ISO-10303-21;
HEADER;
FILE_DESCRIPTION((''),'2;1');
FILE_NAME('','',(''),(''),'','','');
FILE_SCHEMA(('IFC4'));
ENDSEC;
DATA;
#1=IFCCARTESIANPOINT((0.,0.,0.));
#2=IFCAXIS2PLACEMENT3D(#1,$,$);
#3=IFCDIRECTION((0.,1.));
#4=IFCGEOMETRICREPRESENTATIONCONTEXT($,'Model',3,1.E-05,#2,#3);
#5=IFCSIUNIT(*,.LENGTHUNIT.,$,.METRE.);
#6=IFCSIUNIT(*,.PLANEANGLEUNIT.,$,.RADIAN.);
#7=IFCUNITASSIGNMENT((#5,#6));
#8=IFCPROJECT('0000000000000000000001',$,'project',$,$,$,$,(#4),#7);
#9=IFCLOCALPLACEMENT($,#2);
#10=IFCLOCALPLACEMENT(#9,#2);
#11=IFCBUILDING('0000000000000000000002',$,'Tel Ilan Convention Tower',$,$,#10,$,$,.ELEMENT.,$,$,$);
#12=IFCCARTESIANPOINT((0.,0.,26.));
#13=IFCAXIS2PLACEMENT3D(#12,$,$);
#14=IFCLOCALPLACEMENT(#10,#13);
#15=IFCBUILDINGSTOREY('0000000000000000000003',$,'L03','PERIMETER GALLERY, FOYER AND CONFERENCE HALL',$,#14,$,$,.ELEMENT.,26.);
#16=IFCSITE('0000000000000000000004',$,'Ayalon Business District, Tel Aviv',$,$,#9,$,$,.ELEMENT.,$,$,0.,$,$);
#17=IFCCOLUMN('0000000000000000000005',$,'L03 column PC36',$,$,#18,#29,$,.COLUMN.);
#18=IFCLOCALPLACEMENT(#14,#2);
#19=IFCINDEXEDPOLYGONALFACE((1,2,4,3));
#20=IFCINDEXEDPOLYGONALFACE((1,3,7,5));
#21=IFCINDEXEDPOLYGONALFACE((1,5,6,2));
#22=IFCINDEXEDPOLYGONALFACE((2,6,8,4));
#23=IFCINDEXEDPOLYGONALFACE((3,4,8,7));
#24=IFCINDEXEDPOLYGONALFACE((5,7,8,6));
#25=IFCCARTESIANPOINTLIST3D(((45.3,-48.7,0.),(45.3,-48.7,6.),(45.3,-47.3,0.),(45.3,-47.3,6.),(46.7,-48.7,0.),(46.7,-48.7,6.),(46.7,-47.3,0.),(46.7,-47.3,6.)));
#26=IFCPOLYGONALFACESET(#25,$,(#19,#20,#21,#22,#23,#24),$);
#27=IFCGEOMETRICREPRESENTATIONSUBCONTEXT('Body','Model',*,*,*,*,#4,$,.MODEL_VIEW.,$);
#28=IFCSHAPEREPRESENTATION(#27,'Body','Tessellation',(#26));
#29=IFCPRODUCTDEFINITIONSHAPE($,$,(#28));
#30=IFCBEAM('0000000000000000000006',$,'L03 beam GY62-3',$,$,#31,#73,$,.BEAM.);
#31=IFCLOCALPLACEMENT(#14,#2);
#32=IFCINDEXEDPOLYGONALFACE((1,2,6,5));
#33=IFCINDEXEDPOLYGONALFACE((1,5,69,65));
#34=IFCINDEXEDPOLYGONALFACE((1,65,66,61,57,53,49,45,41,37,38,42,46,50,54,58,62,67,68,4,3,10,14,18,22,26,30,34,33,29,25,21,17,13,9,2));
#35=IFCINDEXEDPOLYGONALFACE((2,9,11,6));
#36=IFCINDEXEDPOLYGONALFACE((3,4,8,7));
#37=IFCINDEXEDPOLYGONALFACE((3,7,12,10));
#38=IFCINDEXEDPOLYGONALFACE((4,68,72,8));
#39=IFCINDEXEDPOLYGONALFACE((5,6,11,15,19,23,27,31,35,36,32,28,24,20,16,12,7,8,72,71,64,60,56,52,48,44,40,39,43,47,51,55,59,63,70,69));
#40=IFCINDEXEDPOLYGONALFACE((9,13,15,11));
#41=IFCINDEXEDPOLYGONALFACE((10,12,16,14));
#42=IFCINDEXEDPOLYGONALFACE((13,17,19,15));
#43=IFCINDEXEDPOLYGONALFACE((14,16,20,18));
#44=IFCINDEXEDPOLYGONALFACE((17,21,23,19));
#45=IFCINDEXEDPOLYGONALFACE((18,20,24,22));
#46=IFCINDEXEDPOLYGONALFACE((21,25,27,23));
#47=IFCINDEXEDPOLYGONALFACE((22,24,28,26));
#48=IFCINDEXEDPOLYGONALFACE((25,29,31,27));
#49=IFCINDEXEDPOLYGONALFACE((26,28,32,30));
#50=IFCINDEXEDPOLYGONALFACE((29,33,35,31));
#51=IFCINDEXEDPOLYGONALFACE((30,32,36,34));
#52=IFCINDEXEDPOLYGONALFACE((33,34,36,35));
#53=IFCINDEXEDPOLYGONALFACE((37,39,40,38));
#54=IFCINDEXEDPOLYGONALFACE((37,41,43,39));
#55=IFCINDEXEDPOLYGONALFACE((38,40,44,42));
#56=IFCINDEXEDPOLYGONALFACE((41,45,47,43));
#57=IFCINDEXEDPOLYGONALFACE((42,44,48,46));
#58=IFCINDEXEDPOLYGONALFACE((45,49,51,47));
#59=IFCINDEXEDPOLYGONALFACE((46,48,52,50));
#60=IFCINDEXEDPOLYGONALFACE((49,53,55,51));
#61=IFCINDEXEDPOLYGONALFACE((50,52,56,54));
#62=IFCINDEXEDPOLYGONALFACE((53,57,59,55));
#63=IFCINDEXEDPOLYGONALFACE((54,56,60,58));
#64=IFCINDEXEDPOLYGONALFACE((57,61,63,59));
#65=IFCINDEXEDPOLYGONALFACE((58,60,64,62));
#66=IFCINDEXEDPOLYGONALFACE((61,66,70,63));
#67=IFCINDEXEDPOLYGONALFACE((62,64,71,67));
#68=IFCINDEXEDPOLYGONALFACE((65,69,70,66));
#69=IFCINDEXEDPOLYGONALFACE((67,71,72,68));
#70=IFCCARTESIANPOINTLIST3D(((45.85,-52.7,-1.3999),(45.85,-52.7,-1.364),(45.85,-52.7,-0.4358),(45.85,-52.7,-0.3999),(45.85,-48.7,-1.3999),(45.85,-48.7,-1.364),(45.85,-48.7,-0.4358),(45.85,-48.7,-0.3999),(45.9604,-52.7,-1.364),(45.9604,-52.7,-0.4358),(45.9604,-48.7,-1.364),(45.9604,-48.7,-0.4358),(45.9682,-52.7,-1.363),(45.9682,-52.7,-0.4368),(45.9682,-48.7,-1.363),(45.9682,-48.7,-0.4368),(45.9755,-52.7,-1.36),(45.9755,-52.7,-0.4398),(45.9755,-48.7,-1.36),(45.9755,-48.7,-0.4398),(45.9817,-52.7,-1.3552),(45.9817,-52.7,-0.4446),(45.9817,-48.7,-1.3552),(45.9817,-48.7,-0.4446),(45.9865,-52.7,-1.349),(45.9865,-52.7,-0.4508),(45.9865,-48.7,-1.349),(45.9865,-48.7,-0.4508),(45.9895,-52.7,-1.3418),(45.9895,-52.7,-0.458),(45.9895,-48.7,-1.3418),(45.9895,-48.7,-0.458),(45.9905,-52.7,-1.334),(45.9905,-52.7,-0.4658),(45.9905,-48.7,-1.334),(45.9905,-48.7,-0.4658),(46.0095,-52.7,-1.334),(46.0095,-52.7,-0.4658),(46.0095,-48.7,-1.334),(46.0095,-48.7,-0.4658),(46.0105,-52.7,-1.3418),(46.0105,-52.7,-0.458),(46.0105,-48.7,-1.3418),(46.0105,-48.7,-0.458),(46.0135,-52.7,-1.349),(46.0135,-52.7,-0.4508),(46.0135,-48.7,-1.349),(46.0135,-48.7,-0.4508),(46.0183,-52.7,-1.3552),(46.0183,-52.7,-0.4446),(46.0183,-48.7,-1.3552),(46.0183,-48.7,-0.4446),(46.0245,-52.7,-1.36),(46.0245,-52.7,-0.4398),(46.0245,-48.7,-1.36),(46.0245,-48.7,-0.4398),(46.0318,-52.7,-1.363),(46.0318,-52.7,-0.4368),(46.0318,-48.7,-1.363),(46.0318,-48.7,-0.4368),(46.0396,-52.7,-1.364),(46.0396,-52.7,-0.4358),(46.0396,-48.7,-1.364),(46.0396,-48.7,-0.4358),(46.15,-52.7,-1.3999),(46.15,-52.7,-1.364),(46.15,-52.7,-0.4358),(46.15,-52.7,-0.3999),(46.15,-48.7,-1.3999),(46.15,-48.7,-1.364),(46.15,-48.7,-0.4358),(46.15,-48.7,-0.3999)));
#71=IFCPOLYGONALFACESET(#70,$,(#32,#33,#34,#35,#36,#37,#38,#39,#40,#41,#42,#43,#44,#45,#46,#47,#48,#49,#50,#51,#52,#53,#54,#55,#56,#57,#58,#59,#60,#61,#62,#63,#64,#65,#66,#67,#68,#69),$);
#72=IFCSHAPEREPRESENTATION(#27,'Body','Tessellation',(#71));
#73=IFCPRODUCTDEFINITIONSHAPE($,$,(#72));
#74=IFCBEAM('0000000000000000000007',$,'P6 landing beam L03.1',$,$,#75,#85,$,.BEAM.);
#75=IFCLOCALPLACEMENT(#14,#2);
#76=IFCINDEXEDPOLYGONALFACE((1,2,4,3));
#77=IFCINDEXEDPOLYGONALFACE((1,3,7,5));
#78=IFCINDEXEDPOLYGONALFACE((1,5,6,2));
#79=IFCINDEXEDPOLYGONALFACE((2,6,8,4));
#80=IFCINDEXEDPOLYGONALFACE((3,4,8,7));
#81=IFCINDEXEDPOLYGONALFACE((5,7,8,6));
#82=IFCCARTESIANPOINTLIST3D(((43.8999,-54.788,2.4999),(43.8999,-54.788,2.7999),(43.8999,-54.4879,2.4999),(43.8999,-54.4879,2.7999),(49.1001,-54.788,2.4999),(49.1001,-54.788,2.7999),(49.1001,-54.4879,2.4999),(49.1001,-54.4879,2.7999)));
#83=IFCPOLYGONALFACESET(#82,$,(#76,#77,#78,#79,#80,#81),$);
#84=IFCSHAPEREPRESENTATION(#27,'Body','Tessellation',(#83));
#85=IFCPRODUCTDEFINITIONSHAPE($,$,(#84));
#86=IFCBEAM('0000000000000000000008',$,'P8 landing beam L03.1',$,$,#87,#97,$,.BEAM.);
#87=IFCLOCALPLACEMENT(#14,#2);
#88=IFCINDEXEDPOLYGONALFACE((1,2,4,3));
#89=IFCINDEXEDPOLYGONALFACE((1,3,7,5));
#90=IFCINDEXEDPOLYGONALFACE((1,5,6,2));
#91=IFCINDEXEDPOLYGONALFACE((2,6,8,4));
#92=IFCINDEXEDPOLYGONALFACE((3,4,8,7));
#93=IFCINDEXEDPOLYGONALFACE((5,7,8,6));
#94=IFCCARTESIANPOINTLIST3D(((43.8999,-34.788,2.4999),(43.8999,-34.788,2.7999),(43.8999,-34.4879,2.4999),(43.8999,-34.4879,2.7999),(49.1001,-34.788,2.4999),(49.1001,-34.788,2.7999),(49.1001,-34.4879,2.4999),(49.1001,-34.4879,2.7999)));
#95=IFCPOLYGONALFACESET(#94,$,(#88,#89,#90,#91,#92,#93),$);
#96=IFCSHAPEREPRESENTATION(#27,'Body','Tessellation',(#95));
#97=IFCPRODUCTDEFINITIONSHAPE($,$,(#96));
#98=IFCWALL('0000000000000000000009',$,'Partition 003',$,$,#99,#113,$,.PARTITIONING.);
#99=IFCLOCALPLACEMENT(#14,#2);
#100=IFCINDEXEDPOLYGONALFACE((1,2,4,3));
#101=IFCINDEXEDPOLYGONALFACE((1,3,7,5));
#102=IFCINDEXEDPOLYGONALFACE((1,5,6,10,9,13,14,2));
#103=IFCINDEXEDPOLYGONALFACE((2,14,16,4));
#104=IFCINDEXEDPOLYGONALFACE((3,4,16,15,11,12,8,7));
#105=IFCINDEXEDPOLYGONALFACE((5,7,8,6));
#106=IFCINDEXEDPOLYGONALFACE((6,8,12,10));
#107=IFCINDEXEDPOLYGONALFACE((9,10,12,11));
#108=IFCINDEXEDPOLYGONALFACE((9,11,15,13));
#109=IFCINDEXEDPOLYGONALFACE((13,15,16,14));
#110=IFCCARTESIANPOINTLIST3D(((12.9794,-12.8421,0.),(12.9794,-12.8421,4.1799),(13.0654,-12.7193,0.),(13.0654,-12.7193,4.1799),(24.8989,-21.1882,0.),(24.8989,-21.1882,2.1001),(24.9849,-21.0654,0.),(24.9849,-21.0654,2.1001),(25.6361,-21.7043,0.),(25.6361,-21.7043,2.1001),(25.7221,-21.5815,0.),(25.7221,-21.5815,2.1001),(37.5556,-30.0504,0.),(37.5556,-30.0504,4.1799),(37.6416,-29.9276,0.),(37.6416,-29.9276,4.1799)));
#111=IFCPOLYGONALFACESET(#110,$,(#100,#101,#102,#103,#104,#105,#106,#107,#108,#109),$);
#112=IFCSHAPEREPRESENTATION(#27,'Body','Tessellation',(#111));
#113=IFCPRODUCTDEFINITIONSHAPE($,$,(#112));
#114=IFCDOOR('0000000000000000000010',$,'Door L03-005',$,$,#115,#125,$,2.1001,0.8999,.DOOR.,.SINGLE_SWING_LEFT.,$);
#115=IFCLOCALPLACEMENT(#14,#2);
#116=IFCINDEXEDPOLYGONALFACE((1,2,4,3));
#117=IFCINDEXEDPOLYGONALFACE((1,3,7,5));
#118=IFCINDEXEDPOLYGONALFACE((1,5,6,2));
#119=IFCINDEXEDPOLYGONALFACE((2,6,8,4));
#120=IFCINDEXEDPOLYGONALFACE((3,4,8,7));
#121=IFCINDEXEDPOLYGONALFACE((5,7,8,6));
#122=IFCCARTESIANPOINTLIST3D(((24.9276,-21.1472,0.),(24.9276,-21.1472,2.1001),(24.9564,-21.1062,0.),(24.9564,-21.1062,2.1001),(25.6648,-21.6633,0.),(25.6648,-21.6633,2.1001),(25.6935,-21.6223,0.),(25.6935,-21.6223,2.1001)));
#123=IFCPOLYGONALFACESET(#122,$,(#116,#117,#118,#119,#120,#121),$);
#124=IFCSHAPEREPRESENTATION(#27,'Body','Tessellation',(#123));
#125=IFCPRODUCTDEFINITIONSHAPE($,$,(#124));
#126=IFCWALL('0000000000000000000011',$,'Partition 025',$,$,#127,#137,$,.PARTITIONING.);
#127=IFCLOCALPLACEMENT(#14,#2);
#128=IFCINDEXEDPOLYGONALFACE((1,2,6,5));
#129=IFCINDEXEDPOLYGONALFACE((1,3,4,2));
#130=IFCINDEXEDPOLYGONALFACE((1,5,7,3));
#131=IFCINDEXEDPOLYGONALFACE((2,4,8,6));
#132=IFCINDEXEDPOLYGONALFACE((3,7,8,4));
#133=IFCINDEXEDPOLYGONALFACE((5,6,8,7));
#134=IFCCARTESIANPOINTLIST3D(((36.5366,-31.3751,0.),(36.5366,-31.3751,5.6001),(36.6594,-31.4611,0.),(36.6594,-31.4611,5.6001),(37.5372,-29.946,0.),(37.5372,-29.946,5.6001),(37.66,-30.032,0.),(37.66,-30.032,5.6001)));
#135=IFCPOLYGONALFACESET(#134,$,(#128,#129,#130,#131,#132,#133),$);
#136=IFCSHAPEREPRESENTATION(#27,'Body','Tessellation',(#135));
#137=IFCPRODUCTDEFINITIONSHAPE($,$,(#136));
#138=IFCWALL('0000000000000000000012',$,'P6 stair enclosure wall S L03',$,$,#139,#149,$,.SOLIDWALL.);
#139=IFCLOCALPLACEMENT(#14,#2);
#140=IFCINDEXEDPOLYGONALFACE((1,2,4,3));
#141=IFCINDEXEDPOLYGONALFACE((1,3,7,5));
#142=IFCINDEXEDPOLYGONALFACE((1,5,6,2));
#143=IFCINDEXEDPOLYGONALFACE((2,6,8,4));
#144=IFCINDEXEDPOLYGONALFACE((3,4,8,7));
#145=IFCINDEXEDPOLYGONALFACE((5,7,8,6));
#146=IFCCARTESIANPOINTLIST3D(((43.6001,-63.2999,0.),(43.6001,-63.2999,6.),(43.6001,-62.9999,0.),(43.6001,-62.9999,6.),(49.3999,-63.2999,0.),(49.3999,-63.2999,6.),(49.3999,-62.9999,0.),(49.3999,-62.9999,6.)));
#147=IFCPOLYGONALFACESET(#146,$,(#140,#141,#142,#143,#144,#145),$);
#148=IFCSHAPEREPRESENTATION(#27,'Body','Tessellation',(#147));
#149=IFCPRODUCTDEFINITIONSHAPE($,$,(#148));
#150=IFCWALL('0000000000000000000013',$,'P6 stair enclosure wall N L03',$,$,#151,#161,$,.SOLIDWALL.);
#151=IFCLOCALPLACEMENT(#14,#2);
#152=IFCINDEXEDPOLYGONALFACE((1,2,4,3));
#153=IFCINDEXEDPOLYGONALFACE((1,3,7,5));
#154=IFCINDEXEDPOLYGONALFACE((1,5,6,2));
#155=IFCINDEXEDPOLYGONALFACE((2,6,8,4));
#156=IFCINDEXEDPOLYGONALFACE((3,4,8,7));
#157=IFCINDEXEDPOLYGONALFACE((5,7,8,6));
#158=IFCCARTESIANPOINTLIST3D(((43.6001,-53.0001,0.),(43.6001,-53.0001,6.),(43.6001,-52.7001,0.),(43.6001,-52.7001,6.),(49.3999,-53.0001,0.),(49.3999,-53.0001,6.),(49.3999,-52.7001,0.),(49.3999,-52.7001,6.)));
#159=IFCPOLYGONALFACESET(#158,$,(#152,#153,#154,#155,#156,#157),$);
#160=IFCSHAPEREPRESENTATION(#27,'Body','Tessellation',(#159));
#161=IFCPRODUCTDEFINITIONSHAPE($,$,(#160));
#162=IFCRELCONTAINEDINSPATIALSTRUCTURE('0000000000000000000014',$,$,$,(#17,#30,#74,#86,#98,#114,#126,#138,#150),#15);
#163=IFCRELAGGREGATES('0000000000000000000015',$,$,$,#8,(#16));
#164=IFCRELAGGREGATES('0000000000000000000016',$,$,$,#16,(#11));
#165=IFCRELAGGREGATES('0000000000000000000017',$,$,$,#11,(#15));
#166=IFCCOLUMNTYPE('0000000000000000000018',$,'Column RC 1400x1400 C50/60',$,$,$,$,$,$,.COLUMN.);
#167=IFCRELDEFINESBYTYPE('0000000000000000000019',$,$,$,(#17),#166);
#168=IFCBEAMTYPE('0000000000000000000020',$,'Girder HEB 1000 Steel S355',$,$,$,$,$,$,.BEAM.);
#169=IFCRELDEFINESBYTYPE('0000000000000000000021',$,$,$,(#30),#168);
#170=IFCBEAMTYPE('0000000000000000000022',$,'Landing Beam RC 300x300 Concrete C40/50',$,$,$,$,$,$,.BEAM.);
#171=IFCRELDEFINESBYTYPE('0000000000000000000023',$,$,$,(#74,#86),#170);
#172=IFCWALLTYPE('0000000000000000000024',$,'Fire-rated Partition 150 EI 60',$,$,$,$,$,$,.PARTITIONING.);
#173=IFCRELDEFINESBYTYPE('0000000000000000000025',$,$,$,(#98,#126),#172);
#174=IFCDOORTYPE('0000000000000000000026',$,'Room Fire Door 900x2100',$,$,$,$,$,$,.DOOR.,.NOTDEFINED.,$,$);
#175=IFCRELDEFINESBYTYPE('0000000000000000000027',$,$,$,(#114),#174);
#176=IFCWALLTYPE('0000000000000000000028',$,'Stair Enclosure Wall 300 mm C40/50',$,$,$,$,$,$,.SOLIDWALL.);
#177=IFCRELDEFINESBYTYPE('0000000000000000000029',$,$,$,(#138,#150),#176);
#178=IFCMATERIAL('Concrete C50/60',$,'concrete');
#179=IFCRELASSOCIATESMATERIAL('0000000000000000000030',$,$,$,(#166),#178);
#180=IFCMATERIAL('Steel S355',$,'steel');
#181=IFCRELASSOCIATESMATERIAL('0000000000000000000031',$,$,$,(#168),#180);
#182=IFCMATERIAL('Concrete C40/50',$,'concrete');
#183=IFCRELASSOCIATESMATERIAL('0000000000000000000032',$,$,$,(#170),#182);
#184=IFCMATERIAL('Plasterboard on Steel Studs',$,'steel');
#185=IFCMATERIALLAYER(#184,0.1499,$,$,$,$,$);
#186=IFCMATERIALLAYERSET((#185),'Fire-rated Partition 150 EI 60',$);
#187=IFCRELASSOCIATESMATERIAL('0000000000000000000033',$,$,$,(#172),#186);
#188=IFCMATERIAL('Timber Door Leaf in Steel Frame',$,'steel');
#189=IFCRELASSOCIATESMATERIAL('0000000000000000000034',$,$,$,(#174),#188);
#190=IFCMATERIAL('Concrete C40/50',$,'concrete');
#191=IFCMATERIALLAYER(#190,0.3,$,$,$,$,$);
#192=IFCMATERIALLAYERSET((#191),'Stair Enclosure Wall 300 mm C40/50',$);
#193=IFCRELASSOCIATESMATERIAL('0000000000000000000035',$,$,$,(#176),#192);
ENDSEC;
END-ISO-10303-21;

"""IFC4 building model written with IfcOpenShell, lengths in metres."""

from ifc_helpers import new_model, si_unit, direction, frame, frame_2d, origin, origin_2d, place, context, subcontext, project, spatial, rectangle, i_section, extrude, material, layer, layer_set, material_profile, profile_set, type_object, element, fill, save


model = new_model("IFC4")

# Units and contexts
model_context = context("Model", 3, precision=1e-05, world=origin(), true_north=direction((0.0, 1.0)))
body_context = subcontext(model_context, "Body", "Model", "MODEL_VIEW")
ifc_project = project(units=[si_unit("LENGTHUNIT", "METRE"), si_unit("PLANEANGLEUNIT", "RADIAN")], contexts=[model_context])

# Site, building, storey
site_placement = place(None, origin())
site = spatial("IfcSite", under=ifc_project, at=site_placement, Name="Ayalon Business District, Tel Aviv", CompositionType="ELEMENT", RefElevation=0.0)
building_placement = place(site_placement, origin())
building = spatial("IfcBuilding", under=site, at=building_placement, Name="Tel Ilan Convention Tower", CompositionType="ELEMENT")
storey_placement = place(building_placement, frame((0.0, 0.0, 26.0)))
storey = spatial("IfcBuildingStorey", under=building, at=storey_placement, Name="L03", Description="PERIMETER GALLERY, FOYER AND CONFERENCE HALL", CompositionType="ELEMENT", Elevation=26.0)

# Column
ifc_material_1 = material(Name="Concrete C50/60", Category="concrete")
ifc_material_profile_1 = material_profile(ifc_material_1, rectangle(XDim=1.3999, YDim=1.3999, at=origin_2d()), Name="RC 1400x1400")
ifc_profile_set_1 = profile_set([ifc_material_profile_1], Name="Concrete C50/60")
column_type = type_object("IfcColumnType", Name="Column RC 1400x1400 C50/60", PredefinedType="COLUMN", material=ifc_profile_set_1)
column_placement = place(storey_placement, frame((46.0, -48.0, 0.0), z_axis=(0.0, 0.0, 1.0), x_axis=(1.0, 0.0, 0.0)))
element("IfcColumn", 1, at=column_placement, inside=storey, type_object=column_type, Name="L03 column PC36", PredefinedType="COLUMN", context=body_context, shape_type="SweptSolid", body=[
    extrude(rectangle(XDim=1.3999, YDim=1.3999, at=origin_2d()), origin(), (0.0, 0.0, 1.0), 6.0),
])

# Beams
ifc_material_2 = material(Name="Steel S355", Category="steel")
ifc_material_profile_2 = material_profile(ifc_material_2, i_section(OverallWidth=0.3, OverallDepth=1.0, WebThickness=0.019, FlangeThickness=0.0359, FilletRadius=0.03, at=origin_2d()), Name="HEB 1000")
ifc_profile_set_2 = profile_set([ifc_material_profile_2], Name="Steel S355")
beam_type_1 = type_object("IfcBeamType", Name="Girder HEB 1000 Steel S355", PredefinedType="BEAM", material=ifc_profile_set_2)
beam_placement = place(storey_placement, frame((46.0, -52.7, -0.8999), z_axis=(0.0, 1.0, 0.0), x_axis=(-1.0, 0.0, 0.0)))
element("IfcBeam", 2, at=beam_placement, inside=storey, type_object=beam_type_1, Name="L03 beam GY62-3", PredefinedType="BEAM", context=body_context, shape_type="SweptSolid", body=[
    extrude(i_section(OverallWidth=0.3, OverallDepth=1.0, WebThickness=0.019, FlangeThickness=0.0359, FilletRadius=0.03, at=origin_2d()), origin(), (0.0, 0.0, 1.0), 4.0),
])
ifc_material_3 = material(Name="Concrete C40/50", Category="concrete")
ifc_material_profile_3 = material_profile(ifc_material_3, rectangle(XDim=0.3, YDim=0.3, at=origin_2d()), Name="RC 300x300")
ifc_profile_set_3 = profile_set([ifc_material_profile_3], Name="Concrete C40/50")
beam_type_2 = type_object("IfcBeamType", Name="Landing Beam RC 300x300 Concrete C40/50", PredefinedType="BEAM", material=ifc_profile_set_3)
for number, where, z_axis, x_axis, name in (
    (3, (49.1001, -54.6379, 2.6499), (-1.0, 0.0, 0.0), (0.0, -1.0, 0.0), "P6 landing beam L03.1"),
    (4, (49.1001, -34.6379, 2.6499), (-1.0, 0.0, 0.0), (0.0, -1.0, 0.0), "P8 landing beam L03.1"),
):
    element("IfcBeam", number, at=place(storey_placement, frame(where, z_axis=z_axis, x_axis=x_axis)), inside=storey, type_object=beam_type_2, Name=name, PredefinedType="BEAM", context=body_context, shape_type="SweptSolid", body=[
        extrude(rectangle(XDim=0.3, YDim=0.3, at=origin_2d()), origin(), (0.0, 0.0, 1.0), 5.2002),
    ])

# Wall, opening, door
ifc_material_4 = material(Name="Plasterboard on Steel Studs", Category="steel")
ifc_layer_1 = layer(ifc_material_4, 0.1499)
ifc_layer_set_1 = layer_set([ifc_layer_1], Name="Fire-rated Partition 150 EI 60")
wall_type_1 = type_object("IfcWallType", Name="Fire-rated Partition 150 EI 60", PredefinedType="PARTITIONING", material=ifc_layer_set_1)
wall_1_placement = place(storey_placement, frame((37.5986, -29.989, 0.0), z_axis=(0.0, 0.0, 1.0), x_axis=(-0.819155, 0.573573, 0.0)))
wall_1 = element("IfcWall", 5, at=wall_1_placement, inside=storey, type_object=wall_type_1, Name="Partition 003", PredefinedType="PARTITIONING", context=body_context, shape_type="SweptSolid", body=[
    extrude(rectangle(XDim=30.002, YDim=0.1499, at=frame_2d((15.001, 0.0))), origin(), (0.0, 0.0, 1.0), 4.1799),
])
opening_1_placement = place(wall_1_placement, frame((14.551, 0.0, 0.0)))
opening_1 = element("IfcOpeningElement", 6, at=opening_1_placement, cuts=wall_1, PredefinedType="OPENING", context=body_context, shape_type="SweptSolid", body=[
    extrude(rectangle(XDim=0.8999, YDim=2.1001, at=frame_2d((0.45, 1.05))), frame((0.0, 0.085, 0.0), z_axis=(0.0, -1.0, 0.0), x_axis=(1.0, 0.0, 0.0)), (0.0, 0.0, 1.0), 0.1699),
])
ifc_material_5 = material(Name="Timber Door Leaf in Steel Frame", Category="steel")
door_type_1 = type_object("IfcDoorType", Name="Room Fire Door 900x2100", OperationType="NOTDEFINED", PredefinedType="DOOR", material=ifc_material_5)
door_1_placement = place(opening_1_placement, origin())
door_1 = element("IfcDoor", 7, at=door_1_placement, inside=storey, type_object=door_type_1, Name="Door L03-005", OperationType="SINGLE_SWING_LEFT", OverallHeight=2.1001, OverallWidth=0.8999, PredefinedType="DOOR", context=body_context, shape_type="SweptSolid", body=[
    extrude(rectangle(XDim=0.8999, YDim=2.1001, at=frame_2d((0.45, 1.05))), frame((0.0, 0.0249, 0.0), z_axis=(0.0, -1.0, 0.0), x_axis=(1.0, 0.0, 0.0)), (0.0, 0.0, 1.0), 0.05),
])
fill(opening_1, door_1)

# Walls
wall_2_placement = place(storey_placement, frame((37.5986, -29.989, 0.0), z_axis=(0.0, 0.0, 1.0), x_axis=(-0.573575, -0.819153, 0.0)))
element("IfcWall", 8, at=wall_2_placement, inside=storey, type_object=wall_type_1, Name="Partition 025", PredefinedType="PARTITIONING", context=body_context, shape_type="SweptSolid", body=[
    extrude(rectangle(XDim=1.7446, YDim=0.1499, at=frame_2d((0.8723, 0.0))), origin(), (0.0, 0.0, 1.0), 5.6001),
])
ifc_material_6 = material(Name="Concrete C40/50", Category="concrete")
ifc_layer_2 = layer(ifc_material_6, 0.3)
ifc_layer_set_2 = layer_set([ifc_layer_2], Name="Stair Enclosure Wall 300 mm C40/50")
wall_type_2 = type_object("IfcWallType", Name="Stair Enclosure Wall 300 mm C40/50", PredefinedType="SOLIDWALL", material=ifc_layer_set_2)
for number, where, z_axis, x_axis, name in (
    (9, (43.6001, -63.1499, 0.0), (0.0, 0.0, 1.0), (1.0, 0.0, 0.0), "P6 stair enclosure wall S L03"),
    (10, (43.6001, -52.8501, 0.0), (0.0, 0.0, 1.0), (1.0, 0.0, 0.0), "P6 stair enclosure wall N L03"),
):
    element("IfcWall", number, at=place(storey_placement, frame(where, z_axis=z_axis, x_axis=x_axis)), inside=storey, type_object=wall_type_2, Name=name, PredefinedType="SOLIDWALL", context=body_context, shape_type="SweptSolid", body=[
        extrude(rectangle(XDim=5.7998, YDim=0.3, at=frame_2d((2.8999, 0.0))), origin(), (0.0, 0.0, 1.0), 6.0),
    ])

save(model, "model.ifc")
